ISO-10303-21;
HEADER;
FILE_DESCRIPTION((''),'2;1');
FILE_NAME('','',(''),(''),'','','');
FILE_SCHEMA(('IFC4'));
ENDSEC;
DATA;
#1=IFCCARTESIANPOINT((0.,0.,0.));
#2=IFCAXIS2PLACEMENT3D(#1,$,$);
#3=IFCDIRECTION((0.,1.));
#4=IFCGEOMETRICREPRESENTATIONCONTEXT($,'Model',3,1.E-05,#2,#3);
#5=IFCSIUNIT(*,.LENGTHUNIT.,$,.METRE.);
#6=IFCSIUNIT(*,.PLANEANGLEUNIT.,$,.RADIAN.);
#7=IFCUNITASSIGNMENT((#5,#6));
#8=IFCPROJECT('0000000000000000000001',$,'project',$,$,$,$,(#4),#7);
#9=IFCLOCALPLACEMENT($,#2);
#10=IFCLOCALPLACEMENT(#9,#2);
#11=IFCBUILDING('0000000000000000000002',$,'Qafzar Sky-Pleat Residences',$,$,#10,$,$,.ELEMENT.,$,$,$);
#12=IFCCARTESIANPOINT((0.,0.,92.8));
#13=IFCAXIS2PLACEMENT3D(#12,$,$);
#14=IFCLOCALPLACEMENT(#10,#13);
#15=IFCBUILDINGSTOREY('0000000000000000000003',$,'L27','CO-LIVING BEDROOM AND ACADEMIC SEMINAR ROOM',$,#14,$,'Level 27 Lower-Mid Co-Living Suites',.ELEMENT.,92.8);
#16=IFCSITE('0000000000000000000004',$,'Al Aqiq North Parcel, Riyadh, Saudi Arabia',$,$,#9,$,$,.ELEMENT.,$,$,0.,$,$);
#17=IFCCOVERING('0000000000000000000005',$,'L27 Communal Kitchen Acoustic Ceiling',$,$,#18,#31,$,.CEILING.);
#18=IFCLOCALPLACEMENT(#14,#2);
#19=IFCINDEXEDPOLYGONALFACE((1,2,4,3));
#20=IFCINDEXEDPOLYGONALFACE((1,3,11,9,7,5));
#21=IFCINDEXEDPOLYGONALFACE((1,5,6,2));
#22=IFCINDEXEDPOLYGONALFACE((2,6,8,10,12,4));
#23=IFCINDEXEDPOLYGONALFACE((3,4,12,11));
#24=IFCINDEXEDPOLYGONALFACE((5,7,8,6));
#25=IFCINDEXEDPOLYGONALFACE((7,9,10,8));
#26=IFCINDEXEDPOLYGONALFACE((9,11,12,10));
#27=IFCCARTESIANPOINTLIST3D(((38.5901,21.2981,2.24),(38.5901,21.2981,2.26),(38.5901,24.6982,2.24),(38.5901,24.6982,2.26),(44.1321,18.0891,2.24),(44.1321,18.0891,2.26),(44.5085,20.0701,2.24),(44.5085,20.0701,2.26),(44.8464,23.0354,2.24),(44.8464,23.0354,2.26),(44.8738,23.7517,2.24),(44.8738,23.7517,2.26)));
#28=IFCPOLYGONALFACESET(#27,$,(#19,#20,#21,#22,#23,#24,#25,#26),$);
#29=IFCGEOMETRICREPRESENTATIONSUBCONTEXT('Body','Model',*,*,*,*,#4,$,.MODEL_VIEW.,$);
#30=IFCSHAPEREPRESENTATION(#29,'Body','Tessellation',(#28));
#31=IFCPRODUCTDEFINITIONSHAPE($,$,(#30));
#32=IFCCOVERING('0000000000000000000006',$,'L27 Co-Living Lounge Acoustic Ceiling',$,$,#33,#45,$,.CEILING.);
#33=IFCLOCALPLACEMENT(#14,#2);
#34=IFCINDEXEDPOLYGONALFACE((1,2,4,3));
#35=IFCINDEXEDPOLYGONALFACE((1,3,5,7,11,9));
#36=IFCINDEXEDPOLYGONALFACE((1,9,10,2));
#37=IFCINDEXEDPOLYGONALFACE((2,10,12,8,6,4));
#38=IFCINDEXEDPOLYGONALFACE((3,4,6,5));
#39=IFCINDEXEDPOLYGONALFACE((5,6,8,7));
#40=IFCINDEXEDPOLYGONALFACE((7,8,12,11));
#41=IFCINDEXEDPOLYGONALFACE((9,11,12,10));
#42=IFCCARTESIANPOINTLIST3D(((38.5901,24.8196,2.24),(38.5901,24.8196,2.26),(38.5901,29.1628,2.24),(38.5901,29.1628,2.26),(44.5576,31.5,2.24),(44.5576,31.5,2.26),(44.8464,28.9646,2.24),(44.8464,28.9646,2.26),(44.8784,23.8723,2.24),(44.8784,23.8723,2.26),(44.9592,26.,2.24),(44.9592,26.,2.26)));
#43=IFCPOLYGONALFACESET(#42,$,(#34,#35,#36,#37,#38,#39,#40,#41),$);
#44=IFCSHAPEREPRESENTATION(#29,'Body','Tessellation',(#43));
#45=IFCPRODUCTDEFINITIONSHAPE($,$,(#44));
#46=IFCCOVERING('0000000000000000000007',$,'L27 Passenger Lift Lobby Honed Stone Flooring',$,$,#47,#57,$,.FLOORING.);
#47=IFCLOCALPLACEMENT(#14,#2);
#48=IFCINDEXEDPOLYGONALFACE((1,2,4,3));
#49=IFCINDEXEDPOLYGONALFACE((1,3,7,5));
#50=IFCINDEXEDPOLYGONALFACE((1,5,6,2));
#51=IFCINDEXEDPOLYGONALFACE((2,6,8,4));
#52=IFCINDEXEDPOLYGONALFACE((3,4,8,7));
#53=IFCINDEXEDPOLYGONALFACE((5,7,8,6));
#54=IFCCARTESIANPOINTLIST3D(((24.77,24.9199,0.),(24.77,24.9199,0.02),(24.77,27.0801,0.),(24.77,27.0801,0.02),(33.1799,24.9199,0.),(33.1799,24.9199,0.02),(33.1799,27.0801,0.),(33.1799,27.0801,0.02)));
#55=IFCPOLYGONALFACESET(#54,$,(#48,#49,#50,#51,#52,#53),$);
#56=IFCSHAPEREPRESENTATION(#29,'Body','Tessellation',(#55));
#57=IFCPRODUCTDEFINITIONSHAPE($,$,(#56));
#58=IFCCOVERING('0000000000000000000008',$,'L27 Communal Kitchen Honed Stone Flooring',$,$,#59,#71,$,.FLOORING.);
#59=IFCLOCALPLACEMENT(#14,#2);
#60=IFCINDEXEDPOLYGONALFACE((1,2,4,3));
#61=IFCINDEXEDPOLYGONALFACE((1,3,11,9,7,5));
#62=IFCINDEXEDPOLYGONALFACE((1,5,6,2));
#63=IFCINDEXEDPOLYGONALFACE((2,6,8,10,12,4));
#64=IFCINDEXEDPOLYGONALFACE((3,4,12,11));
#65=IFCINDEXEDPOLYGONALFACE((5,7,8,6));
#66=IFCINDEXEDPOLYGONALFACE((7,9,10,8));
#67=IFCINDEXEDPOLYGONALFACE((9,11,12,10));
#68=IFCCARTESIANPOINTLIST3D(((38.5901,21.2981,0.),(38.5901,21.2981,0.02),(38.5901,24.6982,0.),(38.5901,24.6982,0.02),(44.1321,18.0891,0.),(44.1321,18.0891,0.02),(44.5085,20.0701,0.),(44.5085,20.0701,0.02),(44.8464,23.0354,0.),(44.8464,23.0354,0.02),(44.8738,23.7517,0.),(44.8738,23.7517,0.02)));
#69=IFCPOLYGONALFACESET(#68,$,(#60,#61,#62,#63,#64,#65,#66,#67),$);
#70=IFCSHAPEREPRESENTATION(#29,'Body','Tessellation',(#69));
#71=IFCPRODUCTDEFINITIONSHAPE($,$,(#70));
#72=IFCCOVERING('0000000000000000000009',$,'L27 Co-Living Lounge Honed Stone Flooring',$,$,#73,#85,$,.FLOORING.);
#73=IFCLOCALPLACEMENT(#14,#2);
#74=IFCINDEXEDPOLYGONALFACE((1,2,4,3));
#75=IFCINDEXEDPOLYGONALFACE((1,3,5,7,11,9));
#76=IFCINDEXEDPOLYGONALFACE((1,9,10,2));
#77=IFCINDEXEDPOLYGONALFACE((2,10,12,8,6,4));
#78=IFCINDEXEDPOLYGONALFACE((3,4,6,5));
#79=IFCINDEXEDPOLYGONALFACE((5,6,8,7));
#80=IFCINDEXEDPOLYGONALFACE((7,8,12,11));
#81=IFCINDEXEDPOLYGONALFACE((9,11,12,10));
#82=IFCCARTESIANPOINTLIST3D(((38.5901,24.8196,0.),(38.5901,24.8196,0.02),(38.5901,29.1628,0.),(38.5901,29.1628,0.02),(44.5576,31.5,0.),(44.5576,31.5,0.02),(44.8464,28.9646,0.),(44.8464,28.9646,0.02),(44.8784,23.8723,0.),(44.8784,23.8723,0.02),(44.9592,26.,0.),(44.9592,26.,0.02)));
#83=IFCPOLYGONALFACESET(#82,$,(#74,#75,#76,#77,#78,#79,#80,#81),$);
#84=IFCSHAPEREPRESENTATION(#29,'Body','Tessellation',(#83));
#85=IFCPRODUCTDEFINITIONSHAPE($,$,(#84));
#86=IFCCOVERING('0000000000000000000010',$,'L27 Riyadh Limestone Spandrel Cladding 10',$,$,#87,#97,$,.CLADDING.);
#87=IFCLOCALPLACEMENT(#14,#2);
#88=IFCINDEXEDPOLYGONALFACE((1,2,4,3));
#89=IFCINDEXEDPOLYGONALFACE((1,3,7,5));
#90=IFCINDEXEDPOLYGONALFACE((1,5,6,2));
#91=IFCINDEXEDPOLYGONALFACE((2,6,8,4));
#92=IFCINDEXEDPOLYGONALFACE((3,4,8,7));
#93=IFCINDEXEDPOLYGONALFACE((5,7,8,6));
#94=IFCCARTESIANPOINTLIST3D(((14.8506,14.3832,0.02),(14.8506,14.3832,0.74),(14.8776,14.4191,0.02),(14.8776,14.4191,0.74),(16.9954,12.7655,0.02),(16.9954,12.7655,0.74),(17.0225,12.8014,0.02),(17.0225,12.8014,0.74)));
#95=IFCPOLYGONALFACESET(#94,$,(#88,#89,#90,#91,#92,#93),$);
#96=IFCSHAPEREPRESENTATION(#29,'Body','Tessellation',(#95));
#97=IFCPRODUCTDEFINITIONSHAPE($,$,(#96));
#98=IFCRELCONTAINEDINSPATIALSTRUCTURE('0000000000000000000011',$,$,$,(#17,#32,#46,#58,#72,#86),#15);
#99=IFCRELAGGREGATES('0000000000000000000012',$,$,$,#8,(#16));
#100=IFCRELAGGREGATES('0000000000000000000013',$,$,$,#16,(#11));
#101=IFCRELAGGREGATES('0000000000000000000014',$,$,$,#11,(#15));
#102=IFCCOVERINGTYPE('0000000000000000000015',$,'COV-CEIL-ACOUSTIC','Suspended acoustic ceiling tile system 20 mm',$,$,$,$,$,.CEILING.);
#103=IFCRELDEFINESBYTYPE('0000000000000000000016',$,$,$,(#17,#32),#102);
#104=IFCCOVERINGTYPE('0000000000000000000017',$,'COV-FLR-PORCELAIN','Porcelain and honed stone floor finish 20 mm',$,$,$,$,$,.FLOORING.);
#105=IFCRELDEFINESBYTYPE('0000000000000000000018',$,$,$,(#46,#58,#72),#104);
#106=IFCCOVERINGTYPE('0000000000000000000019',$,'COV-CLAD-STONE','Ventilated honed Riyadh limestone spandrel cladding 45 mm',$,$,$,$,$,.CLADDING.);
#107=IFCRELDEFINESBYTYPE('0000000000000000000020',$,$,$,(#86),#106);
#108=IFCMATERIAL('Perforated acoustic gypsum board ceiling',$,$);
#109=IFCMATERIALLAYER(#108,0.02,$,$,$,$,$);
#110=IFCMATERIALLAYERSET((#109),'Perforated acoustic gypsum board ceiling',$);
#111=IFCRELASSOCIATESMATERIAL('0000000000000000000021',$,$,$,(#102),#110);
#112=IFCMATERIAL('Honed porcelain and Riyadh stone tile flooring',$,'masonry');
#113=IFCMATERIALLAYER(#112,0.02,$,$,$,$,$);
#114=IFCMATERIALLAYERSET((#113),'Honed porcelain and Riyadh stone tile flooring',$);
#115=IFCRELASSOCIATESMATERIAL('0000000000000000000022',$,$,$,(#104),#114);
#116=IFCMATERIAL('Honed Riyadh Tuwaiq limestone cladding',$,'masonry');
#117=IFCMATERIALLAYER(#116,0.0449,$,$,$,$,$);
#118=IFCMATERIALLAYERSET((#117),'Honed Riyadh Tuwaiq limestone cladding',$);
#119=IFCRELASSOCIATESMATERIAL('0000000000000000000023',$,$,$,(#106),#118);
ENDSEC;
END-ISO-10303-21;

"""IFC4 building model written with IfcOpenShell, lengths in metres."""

from ifc_helpers import new_model, si_unit, direction, frame, origin, origin_2d, place, context, subcontext, project, spatial, polyline, rectangle, outline, extrude, source, transform, mapped, material, layer, layer_set, type_object, element, save


model = new_model("IFC4")

# Units and contexts
model_context = context("Model", 3, precision=1e-05, world=origin(), true_north=direction((0.0, 1.0)))
body_context = subcontext(model_context, "Body", "Model", "MODEL_VIEW")
ifc_project = project(units=[si_unit("LENGTHUNIT", "METRE"), si_unit("PLANEANGLEUNIT", "RADIAN")], contexts=[model_context])

# Site, building, storey
site_placement = place(None, origin())
site = spatial("IfcSite", under=ifc_project, at=site_placement, Name="Al Aqiq North Parcel, Riyadh, Saudi Arabia", CompositionType="ELEMENT", RefElevation=0.0)
building_placement = place(site_placement, origin())
building = spatial("IfcBuilding", under=site, at=building_placement, Name="Qafzar Sky-Pleat Residences", CompositionType="ELEMENT")
storey_placement = place(building_placement, frame((0.0, 0.0, 92.8)))
storey = spatial("IfcBuildingStorey", under=building, at=storey_placement, Name="L27", Description="CO-LIVING BEDROOM AND ACADEMIC SEMINAR ROOM", LongName="Level 27 Lower-Mid Co-Living Suites", CompositionType="ELEMENT", Elevation=92.8)

# Coverings
ifc_material_1 = material(Name="Perforated acoustic gypsum board ceiling")
ifc_layer_1 = layer(ifc_material_1, 0.02)
ifc_layer_set_1 = layer_set([ifc_layer_1], Name="Perforated acoustic gypsum board ceiling")
covering_type_1 = type_object("IfcCoveringType", Name="COV-CEIL-ACOUSTIC", Description="Suspended acoustic ceiling tile system 20 mm", PredefinedType="CEILING", material=ifc_layer_set_1)
covering_1_placement = place(storey_placement, frame((0.0, 0.0, 2.24)))
element("IfcCovering", 1, at=covering_1_placement, inside=storey, type_object=covering_type_1, Name="L27 Communal Kitchen Acoustic Ceiling", PredefinedType="CEILING", context=body_context, shape_type="SweptSolid", body=[
    extrude(outline(polyline([(44.8464, 23.0354), (44.5085, 20.0701), (44.1321, 18.0891), (38.5901, 21.2981), (38.5901, 24.6982), (44.8738, 23.7517), (44.8464, 23.0354)])), origin(), (0.0, 0.0, 1.0), 0.02),
])
covering_2_placement = place(storey_placement, frame((0.0, 0.0, 2.24)))
element("IfcCovering", 2, at=covering_2_placement, inside=storey, type_object=covering_type_1, Name="L27 Co-Living Lounge Acoustic Ceiling", PredefinedType="CEILING", context=body_context, shape_type="SweptSolid", body=[
    extrude(outline(polyline([(44.8464, 28.9646), (44.9592, 26.0), (44.8784, 23.8723), (38.5901, 24.8196), (38.5901, 29.1628), (44.5576, 31.5), (44.8464, 28.9646)])), origin(), (0.0, 0.0, 1.0), 0.02),
])
ifc_material_2 = material(Name="Honed porcelain and Riyadh stone tile flooring", Category="masonry")
ifc_layer_2 = layer(ifc_material_2, 0.02)
ifc_layer_set_2 = layer_set([ifc_layer_2], Name="Honed porcelain and Riyadh stone tile flooring")
covering_type_2 = type_object("IfcCoveringType", Name="COV-FLR-PORCELAIN", Description="Porcelain and honed stone floor finish 20 mm", PredefinedType="FLOORING", material=ifc_layer_set_2)
covering_3_placement = place(storey_placement, origin())
element("IfcCovering", 3, at=covering_3_placement, inside=storey, type_object=covering_type_2, Name="L27 Passenger Lift Lobby Honed Stone Flooring", PredefinedType="FLOORING", context=body_context, shape_type="SweptSolid", body=[
    extrude(outline(polyline([(33.1799, 24.9199), (24.77, 24.9199), (24.77, 27.0801), (33.1799, 27.0801), (33.1799, 24.9199)])), origin(), (0.0, 0.0, 1.0), 0.02),
])
covering_4_placement = place(storey_placement, origin())
element("IfcCovering", 4, at=covering_4_placement, inside=storey, type_object=covering_type_2, Name="L27 Communal Kitchen Honed Stone Flooring", PredefinedType="FLOORING", context=body_context, shape_type="SweptSolid", body=[
    extrude(outline(polyline([(44.8464, 23.0354), (44.5085, 20.0701), (44.1321, 18.0891), (38.5901, 21.2981), (38.5901, 24.6982), (44.8738, 23.7517), (44.8464, 23.0354)])), origin(), (0.0, 0.0, 1.0), 0.02),
])
covering_5_placement = place(storey_placement, origin())
element("IfcCovering", 5, at=covering_5_placement, inside=storey, type_object=covering_type_2, Name="L27 Co-Living Lounge Honed Stone Flooring", PredefinedType="FLOORING", context=body_context, shape_type="SweptSolid", body=[
    extrude(outline(polyline([(44.8464, 28.9646), (44.9592, 26.0), (44.8784, 23.8723), (38.5901, 24.8196), (38.5901, 29.1628), (44.5576, 31.5), (44.8464, 28.9646)])), origin(), (0.0, 0.0, 1.0), 0.02),
])
ifc_material_3 = material(Name="Honed Riyadh Tuwaiq limestone cladding", Category="masonry")
ifc_layer_3 = layer(ifc_material_3, 0.0449)
ifc_layer_set_3 = layer_set([ifc_layer_3], Name="Honed Riyadh Tuwaiq limestone cladding")
covering_type_3 = type_object("IfcCoveringType", Name="COV-CLAD-STONE", Description="Ventilated honed Riyadh limestone spandrel cladding 45 mm", PredefinedType="CLADDING", material=ifc_layer_set_3)
shared_shape_1 = source(origin(), body_context, "Body", "SweptSolid", [
    extrude(rectangle(XDim=2.6865, YDim=0.0449, at=origin_2d()), origin(), (0.0, 0.0, 1.0), 0.72),
])
covering_6_placement = place(storey_placement, frame((15.9365, 13.5923, 0.02), z_axis=(0.0, 0.0, 1.0), x_axis=(0.798389, -0.602142, 0.0)))
element("IfcCovering", 6, at=covering_6_placement, inside=storey, type_object=covering_type_3, Name="L27 Riyadh Limestone Spandrel Cladding 10", PredefinedType="CLADDING", context=body_context, shape_type="MappedRepresentation", body=[
    mapped(shared_shape_1, transform((0.0, 0.0, 0.0), x_axis=(1.0, 0.0, 0.0), y_axis=(0.0, 1.0, 0.0), z_axis=(0.0, 0.0, 1.0), scale=1.0)),
])

save(model, "model.ifc")
